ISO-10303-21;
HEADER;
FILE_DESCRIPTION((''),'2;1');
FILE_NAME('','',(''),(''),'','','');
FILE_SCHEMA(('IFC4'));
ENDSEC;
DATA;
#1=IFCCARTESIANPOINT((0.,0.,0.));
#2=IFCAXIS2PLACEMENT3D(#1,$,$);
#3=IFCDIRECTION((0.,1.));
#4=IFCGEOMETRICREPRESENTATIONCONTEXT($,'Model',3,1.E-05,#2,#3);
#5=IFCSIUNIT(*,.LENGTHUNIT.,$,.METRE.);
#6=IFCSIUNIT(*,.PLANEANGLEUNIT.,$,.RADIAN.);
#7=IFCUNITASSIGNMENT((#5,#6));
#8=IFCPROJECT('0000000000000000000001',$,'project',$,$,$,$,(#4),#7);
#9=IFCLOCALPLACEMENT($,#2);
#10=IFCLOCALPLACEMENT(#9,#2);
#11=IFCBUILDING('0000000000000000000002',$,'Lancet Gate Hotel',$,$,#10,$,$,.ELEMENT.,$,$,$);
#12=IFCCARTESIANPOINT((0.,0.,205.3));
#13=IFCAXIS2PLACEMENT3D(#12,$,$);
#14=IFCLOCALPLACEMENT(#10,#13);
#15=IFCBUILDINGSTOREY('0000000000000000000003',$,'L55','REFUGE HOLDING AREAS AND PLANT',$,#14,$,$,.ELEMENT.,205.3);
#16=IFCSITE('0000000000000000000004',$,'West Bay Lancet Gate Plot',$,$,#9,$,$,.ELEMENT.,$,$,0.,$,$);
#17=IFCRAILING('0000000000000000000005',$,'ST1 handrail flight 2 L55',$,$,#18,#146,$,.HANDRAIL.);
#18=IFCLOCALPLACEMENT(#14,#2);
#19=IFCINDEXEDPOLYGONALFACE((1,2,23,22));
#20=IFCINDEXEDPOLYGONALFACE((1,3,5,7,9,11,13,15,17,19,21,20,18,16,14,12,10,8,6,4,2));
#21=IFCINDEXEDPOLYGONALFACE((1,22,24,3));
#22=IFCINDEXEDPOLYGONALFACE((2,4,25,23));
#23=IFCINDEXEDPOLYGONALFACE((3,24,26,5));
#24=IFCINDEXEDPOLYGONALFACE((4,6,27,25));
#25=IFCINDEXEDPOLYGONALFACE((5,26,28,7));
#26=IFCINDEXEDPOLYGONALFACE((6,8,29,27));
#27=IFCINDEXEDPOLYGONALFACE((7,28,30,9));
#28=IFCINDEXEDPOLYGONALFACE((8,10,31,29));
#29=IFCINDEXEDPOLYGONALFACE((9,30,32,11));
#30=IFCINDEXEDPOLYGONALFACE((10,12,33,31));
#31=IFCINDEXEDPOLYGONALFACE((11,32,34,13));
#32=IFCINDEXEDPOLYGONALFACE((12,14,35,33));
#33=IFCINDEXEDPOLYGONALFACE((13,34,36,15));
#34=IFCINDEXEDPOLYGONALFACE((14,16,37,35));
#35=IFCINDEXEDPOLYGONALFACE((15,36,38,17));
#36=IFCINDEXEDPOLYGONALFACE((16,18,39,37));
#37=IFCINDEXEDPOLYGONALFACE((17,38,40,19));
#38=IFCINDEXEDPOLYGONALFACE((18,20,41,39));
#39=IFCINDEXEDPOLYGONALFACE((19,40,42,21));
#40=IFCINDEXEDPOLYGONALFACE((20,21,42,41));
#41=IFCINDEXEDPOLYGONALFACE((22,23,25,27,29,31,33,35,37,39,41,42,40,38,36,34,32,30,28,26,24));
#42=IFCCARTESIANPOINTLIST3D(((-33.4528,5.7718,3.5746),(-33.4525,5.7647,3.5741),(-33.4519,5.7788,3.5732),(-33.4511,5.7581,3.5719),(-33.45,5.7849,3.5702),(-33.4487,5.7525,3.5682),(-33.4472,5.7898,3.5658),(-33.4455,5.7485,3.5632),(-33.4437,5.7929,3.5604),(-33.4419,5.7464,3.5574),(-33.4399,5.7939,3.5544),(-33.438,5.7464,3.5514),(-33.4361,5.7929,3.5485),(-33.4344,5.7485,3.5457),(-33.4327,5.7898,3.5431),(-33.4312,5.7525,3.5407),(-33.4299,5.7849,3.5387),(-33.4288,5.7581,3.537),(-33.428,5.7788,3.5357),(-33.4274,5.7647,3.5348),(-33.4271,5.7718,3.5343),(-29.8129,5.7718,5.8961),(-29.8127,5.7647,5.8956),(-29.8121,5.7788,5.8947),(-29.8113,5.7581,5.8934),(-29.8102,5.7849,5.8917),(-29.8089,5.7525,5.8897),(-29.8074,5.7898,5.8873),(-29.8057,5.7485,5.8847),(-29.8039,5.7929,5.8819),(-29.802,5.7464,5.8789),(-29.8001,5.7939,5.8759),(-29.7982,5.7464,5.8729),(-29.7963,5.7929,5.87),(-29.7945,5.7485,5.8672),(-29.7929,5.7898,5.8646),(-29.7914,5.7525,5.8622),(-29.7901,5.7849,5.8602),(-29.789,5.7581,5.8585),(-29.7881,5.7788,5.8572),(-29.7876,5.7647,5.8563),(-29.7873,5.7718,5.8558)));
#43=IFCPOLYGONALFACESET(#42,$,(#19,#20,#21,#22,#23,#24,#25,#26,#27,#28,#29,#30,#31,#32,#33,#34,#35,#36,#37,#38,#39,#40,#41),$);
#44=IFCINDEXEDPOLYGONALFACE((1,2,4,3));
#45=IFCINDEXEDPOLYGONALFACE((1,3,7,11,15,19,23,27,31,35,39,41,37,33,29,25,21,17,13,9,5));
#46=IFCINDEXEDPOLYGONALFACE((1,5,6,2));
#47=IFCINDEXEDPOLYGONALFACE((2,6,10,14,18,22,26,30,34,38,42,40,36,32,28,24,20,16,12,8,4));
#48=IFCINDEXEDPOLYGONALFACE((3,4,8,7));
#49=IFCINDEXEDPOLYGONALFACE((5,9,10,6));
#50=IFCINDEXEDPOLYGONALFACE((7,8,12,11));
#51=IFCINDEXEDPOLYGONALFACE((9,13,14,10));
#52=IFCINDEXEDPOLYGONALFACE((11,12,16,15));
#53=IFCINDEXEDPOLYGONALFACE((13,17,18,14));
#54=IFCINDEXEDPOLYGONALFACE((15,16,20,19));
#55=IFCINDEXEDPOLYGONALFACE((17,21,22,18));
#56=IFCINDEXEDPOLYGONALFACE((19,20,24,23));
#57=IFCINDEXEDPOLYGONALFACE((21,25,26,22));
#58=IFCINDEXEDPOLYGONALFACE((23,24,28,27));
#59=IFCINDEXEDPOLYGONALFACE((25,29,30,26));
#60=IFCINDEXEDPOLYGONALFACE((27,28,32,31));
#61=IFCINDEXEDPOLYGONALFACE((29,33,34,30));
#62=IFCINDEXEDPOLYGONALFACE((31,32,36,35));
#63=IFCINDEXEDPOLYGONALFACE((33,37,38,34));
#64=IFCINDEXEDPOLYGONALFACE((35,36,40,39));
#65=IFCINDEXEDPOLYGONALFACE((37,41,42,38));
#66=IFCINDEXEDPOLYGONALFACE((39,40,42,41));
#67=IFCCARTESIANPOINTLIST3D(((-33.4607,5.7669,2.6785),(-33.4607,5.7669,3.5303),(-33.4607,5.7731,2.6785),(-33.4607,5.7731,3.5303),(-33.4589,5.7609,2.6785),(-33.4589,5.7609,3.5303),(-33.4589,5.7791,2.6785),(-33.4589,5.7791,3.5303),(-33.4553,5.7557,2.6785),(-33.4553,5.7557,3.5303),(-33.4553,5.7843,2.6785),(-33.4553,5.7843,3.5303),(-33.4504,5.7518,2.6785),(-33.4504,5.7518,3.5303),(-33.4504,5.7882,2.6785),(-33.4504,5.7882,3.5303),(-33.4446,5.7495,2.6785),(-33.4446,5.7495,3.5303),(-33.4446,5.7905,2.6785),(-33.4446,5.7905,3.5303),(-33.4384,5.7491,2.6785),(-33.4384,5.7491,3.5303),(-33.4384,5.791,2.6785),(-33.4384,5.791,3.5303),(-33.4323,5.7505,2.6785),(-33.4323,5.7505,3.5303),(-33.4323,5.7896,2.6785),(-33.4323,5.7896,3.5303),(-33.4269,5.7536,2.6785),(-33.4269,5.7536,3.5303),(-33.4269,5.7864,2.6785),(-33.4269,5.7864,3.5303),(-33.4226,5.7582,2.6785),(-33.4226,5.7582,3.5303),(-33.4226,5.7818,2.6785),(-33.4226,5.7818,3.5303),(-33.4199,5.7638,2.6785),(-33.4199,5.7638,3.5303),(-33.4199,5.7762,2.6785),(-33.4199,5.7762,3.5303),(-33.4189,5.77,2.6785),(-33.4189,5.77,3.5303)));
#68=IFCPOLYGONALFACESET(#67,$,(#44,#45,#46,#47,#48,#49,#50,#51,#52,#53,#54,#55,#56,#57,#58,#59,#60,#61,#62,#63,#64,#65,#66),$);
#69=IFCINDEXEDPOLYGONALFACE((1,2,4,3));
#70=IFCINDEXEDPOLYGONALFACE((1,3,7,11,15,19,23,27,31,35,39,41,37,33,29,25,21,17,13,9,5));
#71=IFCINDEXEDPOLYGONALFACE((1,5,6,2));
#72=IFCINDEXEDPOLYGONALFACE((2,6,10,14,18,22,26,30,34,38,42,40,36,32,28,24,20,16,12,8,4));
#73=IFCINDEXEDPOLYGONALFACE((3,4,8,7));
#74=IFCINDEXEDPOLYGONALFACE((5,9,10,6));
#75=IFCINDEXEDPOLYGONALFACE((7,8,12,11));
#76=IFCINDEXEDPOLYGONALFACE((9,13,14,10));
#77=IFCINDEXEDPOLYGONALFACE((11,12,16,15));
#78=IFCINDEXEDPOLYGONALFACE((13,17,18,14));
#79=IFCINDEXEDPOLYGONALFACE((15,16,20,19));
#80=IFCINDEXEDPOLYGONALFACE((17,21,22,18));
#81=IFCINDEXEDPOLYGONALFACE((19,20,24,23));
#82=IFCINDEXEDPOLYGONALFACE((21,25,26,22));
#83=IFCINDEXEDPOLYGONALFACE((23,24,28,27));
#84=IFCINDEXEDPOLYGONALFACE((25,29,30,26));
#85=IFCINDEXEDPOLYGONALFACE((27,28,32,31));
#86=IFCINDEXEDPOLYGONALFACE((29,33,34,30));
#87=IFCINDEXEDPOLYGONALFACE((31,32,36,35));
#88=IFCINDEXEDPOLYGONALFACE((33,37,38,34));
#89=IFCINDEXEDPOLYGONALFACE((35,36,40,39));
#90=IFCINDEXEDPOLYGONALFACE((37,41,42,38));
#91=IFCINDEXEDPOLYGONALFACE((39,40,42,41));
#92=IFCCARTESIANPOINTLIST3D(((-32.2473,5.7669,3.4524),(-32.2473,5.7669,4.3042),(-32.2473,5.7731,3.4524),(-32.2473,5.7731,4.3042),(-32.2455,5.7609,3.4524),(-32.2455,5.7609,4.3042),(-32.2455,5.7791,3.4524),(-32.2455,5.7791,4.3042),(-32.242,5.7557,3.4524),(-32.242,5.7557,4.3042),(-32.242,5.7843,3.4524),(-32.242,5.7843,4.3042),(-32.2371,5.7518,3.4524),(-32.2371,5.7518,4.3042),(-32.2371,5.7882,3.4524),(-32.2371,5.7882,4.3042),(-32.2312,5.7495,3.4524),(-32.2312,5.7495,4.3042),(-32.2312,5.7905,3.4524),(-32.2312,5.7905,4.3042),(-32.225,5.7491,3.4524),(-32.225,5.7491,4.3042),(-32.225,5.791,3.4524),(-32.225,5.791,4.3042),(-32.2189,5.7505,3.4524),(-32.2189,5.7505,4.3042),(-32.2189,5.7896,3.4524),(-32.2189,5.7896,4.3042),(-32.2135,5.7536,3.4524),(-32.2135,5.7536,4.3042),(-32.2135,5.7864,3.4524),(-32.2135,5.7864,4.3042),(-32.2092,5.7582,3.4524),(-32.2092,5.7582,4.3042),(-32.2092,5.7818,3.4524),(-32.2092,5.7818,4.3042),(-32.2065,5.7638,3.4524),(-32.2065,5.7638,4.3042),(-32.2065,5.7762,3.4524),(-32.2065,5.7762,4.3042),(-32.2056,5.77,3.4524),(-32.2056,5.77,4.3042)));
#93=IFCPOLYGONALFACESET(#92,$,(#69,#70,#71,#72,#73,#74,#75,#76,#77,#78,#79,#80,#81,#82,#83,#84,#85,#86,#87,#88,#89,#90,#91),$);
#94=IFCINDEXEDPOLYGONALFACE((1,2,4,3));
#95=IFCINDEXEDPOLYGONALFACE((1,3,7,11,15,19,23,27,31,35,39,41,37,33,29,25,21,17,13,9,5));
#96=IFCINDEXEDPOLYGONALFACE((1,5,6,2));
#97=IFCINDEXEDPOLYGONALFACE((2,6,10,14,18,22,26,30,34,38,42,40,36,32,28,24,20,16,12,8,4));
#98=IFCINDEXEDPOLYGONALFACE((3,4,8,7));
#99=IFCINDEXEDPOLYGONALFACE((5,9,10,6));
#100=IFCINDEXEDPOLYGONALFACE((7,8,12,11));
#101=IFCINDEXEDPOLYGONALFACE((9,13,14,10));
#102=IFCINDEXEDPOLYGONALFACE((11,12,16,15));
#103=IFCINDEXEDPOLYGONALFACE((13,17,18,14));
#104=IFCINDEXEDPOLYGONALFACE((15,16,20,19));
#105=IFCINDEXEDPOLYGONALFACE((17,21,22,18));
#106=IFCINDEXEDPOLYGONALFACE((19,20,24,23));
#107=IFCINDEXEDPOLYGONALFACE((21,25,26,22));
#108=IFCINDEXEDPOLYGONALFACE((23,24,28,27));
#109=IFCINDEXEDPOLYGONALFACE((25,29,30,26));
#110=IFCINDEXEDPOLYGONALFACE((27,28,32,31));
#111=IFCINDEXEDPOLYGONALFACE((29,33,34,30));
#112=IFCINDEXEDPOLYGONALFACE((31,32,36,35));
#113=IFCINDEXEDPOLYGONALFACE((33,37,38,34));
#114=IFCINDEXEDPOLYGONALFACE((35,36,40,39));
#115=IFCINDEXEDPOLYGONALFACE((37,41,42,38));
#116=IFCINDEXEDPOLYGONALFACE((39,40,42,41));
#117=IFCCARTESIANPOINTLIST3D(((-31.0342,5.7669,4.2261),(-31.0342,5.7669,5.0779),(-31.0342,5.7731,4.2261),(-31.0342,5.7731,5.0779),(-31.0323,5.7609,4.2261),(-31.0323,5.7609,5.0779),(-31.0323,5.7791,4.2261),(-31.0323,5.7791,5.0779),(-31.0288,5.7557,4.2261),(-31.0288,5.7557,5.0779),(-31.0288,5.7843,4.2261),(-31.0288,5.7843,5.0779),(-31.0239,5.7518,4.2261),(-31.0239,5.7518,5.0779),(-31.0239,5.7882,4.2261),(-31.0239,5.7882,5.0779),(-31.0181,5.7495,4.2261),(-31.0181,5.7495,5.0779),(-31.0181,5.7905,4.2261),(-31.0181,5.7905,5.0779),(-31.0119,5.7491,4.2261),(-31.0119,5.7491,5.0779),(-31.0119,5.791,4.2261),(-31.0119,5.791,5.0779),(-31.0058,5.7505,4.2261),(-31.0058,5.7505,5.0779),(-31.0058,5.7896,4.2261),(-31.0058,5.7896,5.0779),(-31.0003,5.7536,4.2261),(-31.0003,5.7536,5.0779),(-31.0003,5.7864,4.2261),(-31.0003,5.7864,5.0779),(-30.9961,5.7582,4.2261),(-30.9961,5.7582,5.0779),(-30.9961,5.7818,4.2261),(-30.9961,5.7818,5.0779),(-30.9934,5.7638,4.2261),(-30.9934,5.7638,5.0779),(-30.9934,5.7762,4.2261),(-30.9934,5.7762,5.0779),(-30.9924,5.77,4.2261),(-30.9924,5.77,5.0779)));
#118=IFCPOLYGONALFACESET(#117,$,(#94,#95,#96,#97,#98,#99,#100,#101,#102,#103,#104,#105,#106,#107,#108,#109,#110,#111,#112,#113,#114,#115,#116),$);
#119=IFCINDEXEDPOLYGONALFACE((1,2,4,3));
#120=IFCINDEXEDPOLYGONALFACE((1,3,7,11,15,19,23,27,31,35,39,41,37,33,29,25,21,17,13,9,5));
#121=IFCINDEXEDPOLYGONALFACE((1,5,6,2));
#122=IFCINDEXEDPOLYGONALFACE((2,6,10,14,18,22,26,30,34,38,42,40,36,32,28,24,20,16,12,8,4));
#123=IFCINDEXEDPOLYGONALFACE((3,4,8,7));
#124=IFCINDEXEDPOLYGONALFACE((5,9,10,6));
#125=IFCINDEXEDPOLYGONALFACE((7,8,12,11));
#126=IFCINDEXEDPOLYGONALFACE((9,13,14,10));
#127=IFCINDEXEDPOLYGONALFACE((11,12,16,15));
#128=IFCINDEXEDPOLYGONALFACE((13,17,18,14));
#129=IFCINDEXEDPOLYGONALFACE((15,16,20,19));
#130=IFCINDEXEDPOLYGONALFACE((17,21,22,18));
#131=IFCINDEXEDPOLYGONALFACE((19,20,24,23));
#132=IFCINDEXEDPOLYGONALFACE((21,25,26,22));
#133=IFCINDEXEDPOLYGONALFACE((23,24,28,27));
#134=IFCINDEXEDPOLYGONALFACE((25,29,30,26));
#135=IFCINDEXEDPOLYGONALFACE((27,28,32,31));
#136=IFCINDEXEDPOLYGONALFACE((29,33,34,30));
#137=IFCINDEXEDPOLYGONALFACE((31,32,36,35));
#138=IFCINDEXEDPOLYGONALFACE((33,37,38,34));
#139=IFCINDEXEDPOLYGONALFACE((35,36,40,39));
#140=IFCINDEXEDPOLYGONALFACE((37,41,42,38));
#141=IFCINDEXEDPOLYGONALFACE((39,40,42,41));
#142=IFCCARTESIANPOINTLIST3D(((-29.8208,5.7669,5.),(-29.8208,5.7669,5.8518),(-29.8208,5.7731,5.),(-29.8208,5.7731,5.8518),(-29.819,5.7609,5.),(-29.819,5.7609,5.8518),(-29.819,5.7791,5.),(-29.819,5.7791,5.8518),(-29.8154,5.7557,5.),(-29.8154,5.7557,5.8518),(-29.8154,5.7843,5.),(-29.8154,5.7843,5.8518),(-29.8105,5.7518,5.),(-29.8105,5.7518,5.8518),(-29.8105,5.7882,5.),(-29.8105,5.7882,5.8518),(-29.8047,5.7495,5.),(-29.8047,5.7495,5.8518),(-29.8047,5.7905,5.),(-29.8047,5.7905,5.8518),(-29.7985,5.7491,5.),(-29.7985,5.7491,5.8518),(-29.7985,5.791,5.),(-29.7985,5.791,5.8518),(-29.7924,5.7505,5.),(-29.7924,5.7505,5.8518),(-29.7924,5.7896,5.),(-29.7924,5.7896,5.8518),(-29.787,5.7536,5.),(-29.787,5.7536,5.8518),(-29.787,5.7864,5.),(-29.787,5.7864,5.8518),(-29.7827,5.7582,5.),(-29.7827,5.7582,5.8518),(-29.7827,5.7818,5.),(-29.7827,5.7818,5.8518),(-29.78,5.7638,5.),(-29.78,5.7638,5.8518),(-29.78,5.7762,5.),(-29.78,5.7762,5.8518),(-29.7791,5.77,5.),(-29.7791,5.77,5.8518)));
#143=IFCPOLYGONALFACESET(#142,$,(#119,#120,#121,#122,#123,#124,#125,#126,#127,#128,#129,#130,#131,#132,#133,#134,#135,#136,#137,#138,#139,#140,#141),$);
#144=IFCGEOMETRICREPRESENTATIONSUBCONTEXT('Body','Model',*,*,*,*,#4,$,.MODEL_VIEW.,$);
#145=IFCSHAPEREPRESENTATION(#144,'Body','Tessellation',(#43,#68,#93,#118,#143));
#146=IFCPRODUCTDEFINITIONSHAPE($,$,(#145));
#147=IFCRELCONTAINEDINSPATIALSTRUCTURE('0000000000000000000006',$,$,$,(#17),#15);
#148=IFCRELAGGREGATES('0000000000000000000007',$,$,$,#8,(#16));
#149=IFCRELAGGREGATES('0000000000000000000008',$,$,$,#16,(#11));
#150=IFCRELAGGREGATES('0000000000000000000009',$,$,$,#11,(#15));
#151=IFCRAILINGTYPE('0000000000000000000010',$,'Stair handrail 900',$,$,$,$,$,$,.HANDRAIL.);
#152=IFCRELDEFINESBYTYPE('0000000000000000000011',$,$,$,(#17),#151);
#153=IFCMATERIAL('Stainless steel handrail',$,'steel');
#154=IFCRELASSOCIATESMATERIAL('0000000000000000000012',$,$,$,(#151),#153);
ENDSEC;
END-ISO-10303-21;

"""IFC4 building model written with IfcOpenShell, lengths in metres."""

from ifc_helpers import new_model, si_unit, direction, frame, origin, origin_2d, place, context, subcontext, project, spatial, circle, extrude, material, type_object, element, save


model = new_model("IFC4")

# Units and contexts
model_context = context("Model", 3, precision=1e-05, world=origin(), true_north=direction((0.0, 1.0)))
body_context = subcontext(model_context, "Body", "Model", "MODEL_VIEW")
ifc_project = project(units=[si_unit("LENGTHUNIT", "METRE"), si_unit("PLANEANGLEUNIT", "RADIAN")], contexts=[model_context])

# Site, building, storey
site_placement = place(None, origin())
site = spatial("IfcSite", under=ifc_project, at=site_placement, Name="West Bay Lancet Gate Plot", CompositionType="ELEMENT", RefElevation=0.0)
building_placement = place(site_placement, origin())
building = spatial("IfcBuilding", under=site, at=building_placement, Name="Lancet Gate Hotel", CompositionType="ELEMENT")
storey_placement = place(building_placement, frame((0.0, 0.0, 205.3)))
storey = spatial("IfcBuildingStorey", under=building, at=storey_placement, Name="L55", Description="REFUGE HOLDING AREAS AND PLANT", CompositionType="ELEMENT", Elevation=205.3)

# Railing
ifc_material_1 = material(Name="Stainless steel handrail", Category="steel")
railing_type = type_object("IfcRailingType", Name="Stair handrail 900", PredefinedType="HANDRAIL", material=ifc_material_1)
railing_1_placement = place(storey_placement, frame((-33.4399, 5.77, 2.6785)))
element("IfcRailing", 1, at=railing_1_placement, inside=storey, type_object=railing_type, Name="ST1 handrail flight 2 L55", PredefinedType="HANDRAIL", context=body_context, shape_type="SweptSolid", body=[
    extrude(circle(Radius=0.0239, at=origin_2d()), frame((0.0, 0.0, 0.876), z_axis=(0.843112, 0.0, 0.537739), x_axis=(0.0, 1.0, 0.0)), (0.0, 0.0, 1.0), 4.3171),
    extrude(circle(Radius=0.021, at=origin_2d()), origin(), (0.0, 0.0, 1.0), 0.8518),
    extrude(circle(Radius=0.021, at=origin_2d()), frame((1.2134, 0.0, 0.7739)), (0.0, 0.0, 1.0), 0.8518),
    extrude(circle(Radius=0.021, at=origin_2d()), frame((2.4265, 0.0, 1.5476)), (0.0, 0.0, 1.0), 0.8518),
    extrude(circle(Radius=0.021, at=origin_2d()), frame((3.6399, 0.0, 2.3215)), (0.0, 0.0, 1.0), 0.8518),
])

save(model, "model.ifc")
